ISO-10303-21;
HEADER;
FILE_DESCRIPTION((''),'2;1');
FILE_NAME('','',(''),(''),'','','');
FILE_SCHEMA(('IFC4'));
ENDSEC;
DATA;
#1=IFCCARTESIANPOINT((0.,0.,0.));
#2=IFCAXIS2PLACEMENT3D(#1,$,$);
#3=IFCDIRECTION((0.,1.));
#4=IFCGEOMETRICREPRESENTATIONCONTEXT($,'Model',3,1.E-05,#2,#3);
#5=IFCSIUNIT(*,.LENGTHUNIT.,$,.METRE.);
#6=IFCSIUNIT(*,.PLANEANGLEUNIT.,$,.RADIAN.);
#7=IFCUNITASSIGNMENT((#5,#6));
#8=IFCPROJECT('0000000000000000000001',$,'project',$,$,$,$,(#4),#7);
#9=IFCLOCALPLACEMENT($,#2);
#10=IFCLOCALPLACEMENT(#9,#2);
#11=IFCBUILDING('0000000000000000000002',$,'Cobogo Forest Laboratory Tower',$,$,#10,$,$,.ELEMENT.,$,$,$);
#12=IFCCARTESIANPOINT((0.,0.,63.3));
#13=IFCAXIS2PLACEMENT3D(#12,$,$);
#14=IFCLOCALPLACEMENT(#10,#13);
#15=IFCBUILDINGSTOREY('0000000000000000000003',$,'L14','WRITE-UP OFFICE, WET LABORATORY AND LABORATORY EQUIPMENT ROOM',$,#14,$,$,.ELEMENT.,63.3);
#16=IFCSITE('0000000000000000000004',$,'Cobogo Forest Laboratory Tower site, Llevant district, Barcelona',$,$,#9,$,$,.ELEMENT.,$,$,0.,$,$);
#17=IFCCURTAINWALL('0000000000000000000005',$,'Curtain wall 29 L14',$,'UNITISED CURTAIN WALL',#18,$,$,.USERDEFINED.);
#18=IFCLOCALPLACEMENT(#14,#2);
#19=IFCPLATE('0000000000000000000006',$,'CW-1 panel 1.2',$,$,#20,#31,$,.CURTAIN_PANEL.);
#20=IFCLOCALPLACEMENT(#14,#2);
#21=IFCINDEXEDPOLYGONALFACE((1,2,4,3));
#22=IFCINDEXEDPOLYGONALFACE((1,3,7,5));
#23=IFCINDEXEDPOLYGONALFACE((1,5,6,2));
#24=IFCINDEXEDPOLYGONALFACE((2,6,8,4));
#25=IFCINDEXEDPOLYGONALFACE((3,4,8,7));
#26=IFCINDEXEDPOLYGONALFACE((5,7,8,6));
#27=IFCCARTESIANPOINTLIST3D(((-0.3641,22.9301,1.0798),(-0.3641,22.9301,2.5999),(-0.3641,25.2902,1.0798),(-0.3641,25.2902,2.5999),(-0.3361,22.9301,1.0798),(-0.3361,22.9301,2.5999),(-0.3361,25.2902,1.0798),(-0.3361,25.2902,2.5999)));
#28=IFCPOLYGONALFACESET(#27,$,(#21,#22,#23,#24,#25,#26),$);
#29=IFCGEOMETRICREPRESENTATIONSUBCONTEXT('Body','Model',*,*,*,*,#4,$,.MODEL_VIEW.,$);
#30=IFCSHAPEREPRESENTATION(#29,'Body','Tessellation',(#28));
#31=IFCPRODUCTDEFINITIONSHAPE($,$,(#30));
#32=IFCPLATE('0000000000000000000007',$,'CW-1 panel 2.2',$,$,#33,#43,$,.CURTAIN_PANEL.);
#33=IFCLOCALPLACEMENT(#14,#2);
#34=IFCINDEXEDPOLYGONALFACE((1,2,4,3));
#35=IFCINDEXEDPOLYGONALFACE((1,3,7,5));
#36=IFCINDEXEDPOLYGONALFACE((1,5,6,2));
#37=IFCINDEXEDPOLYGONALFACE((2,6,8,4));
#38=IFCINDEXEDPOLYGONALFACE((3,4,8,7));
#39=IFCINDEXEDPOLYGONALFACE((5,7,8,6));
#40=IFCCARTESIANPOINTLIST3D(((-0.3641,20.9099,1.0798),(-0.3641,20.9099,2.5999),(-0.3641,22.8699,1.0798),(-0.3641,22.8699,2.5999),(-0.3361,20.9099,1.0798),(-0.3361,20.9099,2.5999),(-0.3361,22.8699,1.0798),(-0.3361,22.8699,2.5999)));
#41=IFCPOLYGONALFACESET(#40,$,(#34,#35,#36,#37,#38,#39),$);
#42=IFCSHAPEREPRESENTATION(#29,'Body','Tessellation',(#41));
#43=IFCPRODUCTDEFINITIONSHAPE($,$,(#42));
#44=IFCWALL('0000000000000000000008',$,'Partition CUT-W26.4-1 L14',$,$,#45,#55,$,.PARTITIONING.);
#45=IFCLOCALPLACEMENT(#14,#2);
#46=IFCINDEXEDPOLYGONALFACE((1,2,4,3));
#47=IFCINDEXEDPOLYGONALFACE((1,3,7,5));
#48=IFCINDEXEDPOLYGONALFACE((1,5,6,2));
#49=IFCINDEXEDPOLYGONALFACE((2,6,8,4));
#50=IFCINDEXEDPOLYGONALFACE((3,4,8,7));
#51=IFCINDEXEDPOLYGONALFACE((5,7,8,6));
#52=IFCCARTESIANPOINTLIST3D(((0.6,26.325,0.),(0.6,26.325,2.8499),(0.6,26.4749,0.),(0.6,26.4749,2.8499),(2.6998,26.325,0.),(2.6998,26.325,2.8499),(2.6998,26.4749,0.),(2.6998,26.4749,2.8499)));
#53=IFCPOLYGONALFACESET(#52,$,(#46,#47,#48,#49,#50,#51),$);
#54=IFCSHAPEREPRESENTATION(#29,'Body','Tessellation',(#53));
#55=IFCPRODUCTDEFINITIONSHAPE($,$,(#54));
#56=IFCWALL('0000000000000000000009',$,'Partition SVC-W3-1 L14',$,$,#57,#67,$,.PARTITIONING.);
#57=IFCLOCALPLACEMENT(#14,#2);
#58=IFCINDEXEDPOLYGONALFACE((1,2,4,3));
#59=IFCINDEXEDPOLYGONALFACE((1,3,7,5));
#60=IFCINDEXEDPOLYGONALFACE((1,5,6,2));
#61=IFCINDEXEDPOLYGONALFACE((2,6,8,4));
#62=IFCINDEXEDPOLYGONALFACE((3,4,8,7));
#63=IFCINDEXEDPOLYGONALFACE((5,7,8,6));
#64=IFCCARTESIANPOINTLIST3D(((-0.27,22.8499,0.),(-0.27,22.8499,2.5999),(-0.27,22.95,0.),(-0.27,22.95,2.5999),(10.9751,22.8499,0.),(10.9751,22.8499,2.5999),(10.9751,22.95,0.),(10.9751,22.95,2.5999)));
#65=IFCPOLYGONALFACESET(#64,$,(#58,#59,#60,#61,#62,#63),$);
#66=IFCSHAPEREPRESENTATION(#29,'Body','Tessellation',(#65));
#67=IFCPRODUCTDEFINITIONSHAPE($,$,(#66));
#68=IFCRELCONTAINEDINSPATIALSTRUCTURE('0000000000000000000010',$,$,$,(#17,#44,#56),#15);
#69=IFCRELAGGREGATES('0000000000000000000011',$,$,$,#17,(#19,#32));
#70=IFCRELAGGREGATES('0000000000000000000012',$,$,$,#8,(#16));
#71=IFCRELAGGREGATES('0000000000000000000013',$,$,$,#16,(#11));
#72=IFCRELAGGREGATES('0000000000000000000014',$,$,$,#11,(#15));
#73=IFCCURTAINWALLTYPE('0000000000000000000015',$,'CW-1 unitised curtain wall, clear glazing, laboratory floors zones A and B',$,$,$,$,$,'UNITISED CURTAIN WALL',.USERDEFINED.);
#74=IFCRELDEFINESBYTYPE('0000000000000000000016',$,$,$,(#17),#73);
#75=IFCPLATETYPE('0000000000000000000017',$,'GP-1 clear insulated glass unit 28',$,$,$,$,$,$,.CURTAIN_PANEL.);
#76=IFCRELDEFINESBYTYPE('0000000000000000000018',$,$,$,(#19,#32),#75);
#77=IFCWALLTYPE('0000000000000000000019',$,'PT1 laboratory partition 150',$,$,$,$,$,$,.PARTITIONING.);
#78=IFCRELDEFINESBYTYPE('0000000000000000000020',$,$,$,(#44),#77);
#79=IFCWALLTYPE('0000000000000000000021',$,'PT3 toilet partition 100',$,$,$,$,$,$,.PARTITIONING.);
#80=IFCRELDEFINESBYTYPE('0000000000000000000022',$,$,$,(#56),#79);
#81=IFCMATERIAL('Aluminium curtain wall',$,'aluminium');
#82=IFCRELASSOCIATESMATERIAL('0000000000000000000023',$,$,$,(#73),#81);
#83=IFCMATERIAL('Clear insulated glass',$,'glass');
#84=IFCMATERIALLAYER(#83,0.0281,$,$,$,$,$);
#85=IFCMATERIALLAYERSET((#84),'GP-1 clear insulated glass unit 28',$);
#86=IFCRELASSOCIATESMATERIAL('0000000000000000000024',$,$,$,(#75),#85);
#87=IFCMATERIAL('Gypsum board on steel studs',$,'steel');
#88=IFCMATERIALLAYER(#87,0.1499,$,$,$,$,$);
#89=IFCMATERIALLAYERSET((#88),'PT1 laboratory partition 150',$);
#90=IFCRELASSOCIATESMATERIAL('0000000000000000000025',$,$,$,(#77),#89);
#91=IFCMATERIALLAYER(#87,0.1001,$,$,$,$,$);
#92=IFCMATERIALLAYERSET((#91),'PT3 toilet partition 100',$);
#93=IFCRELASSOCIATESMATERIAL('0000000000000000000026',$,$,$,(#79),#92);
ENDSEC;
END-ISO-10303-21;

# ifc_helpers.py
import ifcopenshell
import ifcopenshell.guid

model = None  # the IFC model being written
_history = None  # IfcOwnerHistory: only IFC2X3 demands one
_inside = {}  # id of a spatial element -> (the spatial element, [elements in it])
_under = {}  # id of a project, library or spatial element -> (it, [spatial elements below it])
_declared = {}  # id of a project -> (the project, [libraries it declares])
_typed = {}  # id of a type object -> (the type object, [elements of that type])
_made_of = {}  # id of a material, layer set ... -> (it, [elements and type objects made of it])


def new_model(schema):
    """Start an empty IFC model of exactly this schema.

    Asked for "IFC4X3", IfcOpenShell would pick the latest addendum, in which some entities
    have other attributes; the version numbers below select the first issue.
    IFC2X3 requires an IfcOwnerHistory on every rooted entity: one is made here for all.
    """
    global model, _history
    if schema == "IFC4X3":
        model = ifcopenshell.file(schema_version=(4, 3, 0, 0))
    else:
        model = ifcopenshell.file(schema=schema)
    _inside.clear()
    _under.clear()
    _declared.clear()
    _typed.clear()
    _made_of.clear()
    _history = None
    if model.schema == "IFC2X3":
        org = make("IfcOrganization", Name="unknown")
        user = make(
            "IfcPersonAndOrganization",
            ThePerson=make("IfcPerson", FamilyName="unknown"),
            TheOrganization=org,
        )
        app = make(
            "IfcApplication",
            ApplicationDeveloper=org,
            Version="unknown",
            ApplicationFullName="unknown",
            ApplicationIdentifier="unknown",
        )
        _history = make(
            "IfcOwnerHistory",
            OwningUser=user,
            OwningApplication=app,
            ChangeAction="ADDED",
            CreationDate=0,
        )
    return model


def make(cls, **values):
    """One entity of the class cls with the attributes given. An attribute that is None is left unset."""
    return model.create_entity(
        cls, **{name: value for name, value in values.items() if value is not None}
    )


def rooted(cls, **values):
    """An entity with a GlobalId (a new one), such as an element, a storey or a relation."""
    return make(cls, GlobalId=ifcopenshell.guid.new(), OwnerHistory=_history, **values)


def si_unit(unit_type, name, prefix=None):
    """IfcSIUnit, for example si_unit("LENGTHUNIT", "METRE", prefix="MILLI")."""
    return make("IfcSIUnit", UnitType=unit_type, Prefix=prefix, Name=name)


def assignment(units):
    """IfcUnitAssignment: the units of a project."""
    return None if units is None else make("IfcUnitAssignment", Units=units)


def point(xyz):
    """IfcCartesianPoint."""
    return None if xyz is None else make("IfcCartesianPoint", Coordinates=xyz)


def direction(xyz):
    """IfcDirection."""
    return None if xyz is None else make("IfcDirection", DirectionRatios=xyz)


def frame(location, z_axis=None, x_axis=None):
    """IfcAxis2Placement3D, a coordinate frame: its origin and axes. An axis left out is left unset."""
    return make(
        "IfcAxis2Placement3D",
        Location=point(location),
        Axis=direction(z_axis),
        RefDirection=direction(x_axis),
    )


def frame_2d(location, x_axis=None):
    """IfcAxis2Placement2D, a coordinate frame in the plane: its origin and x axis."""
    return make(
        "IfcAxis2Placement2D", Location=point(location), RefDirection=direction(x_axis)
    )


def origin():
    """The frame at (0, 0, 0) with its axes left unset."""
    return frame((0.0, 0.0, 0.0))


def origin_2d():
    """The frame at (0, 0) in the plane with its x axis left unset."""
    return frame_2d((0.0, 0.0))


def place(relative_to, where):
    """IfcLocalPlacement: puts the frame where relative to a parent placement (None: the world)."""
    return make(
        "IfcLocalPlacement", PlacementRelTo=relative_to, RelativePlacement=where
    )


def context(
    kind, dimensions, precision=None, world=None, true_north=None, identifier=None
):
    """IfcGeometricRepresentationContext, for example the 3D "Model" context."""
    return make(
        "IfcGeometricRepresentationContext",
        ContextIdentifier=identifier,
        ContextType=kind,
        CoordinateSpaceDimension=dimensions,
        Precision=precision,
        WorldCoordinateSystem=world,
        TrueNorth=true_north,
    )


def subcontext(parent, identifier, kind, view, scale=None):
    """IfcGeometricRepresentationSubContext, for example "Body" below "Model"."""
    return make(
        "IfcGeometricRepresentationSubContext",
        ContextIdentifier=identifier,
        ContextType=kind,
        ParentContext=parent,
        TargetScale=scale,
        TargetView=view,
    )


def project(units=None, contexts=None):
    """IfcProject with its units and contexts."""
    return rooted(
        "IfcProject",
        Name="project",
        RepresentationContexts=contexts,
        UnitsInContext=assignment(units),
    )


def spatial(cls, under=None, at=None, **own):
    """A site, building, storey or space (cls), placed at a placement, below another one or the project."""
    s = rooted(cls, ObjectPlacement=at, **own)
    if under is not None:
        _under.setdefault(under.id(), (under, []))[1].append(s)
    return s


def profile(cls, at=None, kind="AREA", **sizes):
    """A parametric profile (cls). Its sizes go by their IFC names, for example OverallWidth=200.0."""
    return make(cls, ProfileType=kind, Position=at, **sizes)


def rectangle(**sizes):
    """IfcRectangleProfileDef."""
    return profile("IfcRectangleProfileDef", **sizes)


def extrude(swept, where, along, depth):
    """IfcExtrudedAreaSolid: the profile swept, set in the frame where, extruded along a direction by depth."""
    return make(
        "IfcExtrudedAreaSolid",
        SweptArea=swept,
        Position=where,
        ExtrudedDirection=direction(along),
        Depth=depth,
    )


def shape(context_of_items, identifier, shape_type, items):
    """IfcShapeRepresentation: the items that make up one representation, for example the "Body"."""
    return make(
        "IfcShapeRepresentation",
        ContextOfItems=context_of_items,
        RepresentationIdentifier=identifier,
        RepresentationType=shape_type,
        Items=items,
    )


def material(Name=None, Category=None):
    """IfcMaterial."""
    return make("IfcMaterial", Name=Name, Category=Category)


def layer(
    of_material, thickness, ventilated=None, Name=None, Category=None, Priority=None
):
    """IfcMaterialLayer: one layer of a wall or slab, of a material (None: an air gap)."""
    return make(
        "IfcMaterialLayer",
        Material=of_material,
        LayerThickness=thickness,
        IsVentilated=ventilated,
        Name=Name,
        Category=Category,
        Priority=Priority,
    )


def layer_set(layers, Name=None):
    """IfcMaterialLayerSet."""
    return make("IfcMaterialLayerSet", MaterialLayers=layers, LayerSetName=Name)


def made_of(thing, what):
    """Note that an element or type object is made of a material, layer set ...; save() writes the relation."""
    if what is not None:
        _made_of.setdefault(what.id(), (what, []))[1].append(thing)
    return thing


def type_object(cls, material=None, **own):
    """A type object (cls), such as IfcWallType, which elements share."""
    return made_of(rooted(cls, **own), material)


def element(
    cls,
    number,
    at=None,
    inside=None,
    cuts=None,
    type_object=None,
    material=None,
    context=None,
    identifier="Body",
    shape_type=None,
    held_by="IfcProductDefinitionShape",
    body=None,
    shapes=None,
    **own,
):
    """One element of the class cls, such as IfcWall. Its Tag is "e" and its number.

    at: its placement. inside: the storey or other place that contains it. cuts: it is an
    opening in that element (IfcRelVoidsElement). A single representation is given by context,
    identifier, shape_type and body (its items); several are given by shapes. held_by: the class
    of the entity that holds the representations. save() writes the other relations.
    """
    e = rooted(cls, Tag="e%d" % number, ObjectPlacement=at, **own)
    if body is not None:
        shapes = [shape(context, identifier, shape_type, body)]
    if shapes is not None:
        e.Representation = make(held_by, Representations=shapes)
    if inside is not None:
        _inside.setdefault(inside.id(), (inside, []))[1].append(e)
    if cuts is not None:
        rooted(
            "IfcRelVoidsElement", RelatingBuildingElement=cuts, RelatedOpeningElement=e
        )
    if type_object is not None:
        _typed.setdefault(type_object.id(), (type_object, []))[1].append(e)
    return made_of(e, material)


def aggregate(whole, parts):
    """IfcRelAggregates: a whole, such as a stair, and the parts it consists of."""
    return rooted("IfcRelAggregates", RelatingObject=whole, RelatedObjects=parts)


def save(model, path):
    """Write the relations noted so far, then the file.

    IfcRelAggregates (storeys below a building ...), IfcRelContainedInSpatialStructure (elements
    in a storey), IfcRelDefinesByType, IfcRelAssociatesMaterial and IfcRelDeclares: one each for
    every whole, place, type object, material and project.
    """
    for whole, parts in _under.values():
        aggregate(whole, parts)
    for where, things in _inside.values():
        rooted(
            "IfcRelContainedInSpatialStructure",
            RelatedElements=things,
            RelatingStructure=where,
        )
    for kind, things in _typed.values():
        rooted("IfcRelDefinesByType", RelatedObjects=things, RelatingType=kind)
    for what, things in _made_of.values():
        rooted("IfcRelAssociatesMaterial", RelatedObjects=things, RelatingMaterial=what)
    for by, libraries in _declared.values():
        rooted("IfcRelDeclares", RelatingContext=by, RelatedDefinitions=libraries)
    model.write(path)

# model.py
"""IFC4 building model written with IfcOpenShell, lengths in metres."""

from ifc_helpers import new_model, si_unit, direction, frame, frame_2d, origin, origin_2d, place, context, subcontext, project, spatial, rectangle, extrude, material, layer, layer_set, type_object, element, aggregate, save


model = new_model("IFC4")

# Units and contexts
model_context = context("Model", 3, precision=1e-05, world=origin(), true_north=direction((0.0, 1.0)))
body_context = subcontext(model_context, "Body", "Model", "MODEL_VIEW")
ifc_project = project(units=[si_unit("LENGTHUNIT", "METRE"), si_unit("PLANEANGLEUNIT", "RADIAN")], contexts=[model_context])

# Site, building, storey
site_placement = place(None, origin())
site = spatial("IfcSite", under=ifc_project, at=site_placement, Name="Cobogo Forest Laboratory Tower site, Llevant district, Barcelona", CompositionType="ELEMENT", RefElevation=0.0)
building_placement = place(site_placement, origin())
building = spatial("IfcBuilding", under=site, at=building_placement, Name="Cobogo Forest Laboratory Tower", CompositionType="ELEMENT")
storey_placement = place(building_placement, frame((0.0, 0.0, 63.3)))
storey = spatial("IfcBuildingStorey", under=building, at=storey_placement, Name="L14", Description="WRITE-UP OFFICE, WET LABORATORY AND LABORATORY EQUIPMENT ROOM", CompositionType="ELEMENT", Elevation=63.3)

# Curtain wall
ifc_material_1 = material(Name="Aluminium curtain wall", Category="aluminium")
curtain_wall_type = type_object("IfcCurtainWallType", Name="CW-1 unitised curtain wall, clear glazing, laboratory floors zones A and B", ElementType="UNITISED CURTAIN WALL", PredefinedType="USERDEFINED", material=ifc_material_1)
curtain_wall_1_placement = place(storey_placement, origin())
curtain_wall_1 = element("IfcCurtainWall", 1, at=curtain_wall_1_placement, inside=storey, type_object=curtain_wall_type, Name="Curtain wall 29 L14", ObjectType="UNITISED CURTAIN WALL", PredefinedType="USERDEFINED")

# Plates
ifc_material_2 = material(Name="Clear insulated glass", Category="glass")
ifc_layer_1 = layer(ifc_material_2, 0.0281)
ifc_layer_set_1 = layer_set([ifc_layer_1], Name="GP-1 clear insulated glass unit 28")
plate_type_1 = type_object("IfcPlateType", Name="GP-1 clear insulated glass unit 28", PredefinedType="CURTAIN_PANEL", material=ifc_layer_set_1)
plate_1_placement = place(storey_placement, frame((-0.3501, 24.1101, 1.0798), z_axis=(0.0, 0.0, 1.0), x_axis=(0.0, -1.0, 0.0)))
plate_1 = element("IfcPlate", 2, at=plate_1_placement, type_object=plate_type_1, Name="CW-1 panel 1.2", PredefinedType="CURTAIN_PANEL", context=body_context, shape_type="SweptSolid", body=[
    extrude(rectangle(XDim=2.3601, YDim=0.0281, at=origin_2d()), origin(), (0.0, 0.0, 1.0), 1.52),
])
plate_2_placement = place(storey_placement, frame((-0.3501, 21.8899, 1.0798), z_axis=(0.0, 0.0, 1.0), x_axis=(0.0, -1.0, 0.0)))
plate_2 = element("IfcPlate", 3, at=plate_2_placement, type_object=plate_type_1, Name="CW-1 panel 2.2", PredefinedType="CURTAIN_PANEL", context=body_context, shape_type="SweptSolid", body=[
    extrude(rectangle(XDim=1.96, YDim=0.0281, at=origin_2d()), origin(), (0.0, 0.0, 1.0), 1.52),
])
aggregate(curtain_wall_1, [plate_1, plate_2])

# Walls
ifc_material_3 = material(Name="Gypsum board on steel studs", Category="steel")
ifc_layer_2 = layer(ifc_material_3, 0.1499)
ifc_layer_set_2 = layer_set([ifc_layer_2], Name="PT1 laboratory partition 150")
wall_type_1 = type_object("IfcWallType", Name="PT1 laboratory partition 150", PredefinedType="PARTITIONING", material=ifc_layer_set_2)
wall_1_placement = place(storey_placement, frame((0.6001, 26.3999, 0.0), z_axis=(0.0, 0.0, 1.0), x_axis=(1.0, 0.0, 0.0)))
element("IfcWall", 4, at=wall_1_placement, inside=storey, type_object=wall_type_1, Name="Partition CUT-W26.4-1 L14", PredefinedType="PARTITIONING", context=body_context, shape_type="SweptSolid", body=[
    extrude(rectangle(XDim=2.0999, YDim=0.1499, at=frame_2d((1.0498, 0.0))), origin(), (0.0, 0.0, 1.0), 2.8499),
])
ifc_layer_3 = layer(ifc_material_3, 0.1001)
ifc_layer_set_3 = layer_set([ifc_layer_3], Name="PT3 toilet partition 100")
wall_type_2 = type_object("IfcWallType", Name="PT3 toilet partition 100", PredefinedType="PARTITIONING", material=ifc_layer_set_3)
wall_2_placement = place(storey_placement, frame((-0.27, 22.8999, 0.0), z_axis=(0.0, 0.0, 1.0), x_axis=(1.0, 0.0, 0.0)))
element("IfcWall", 5, at=wall_2_placement, inside=storey, type_object=wall_type_2, Name="Partition SVC-W3-1 L14", PredefinedType="PARTITIONING", context=body_context, shape_type="SweptSolid", body=[
    extrude(rectangle(XDim=11.2451, YDim=0.1001, at=frame_2d((5.6226, 0.0))), origin(), (0.0, 0.0, 1.0), 2.5999),
])

save(model, "model.ifc")
